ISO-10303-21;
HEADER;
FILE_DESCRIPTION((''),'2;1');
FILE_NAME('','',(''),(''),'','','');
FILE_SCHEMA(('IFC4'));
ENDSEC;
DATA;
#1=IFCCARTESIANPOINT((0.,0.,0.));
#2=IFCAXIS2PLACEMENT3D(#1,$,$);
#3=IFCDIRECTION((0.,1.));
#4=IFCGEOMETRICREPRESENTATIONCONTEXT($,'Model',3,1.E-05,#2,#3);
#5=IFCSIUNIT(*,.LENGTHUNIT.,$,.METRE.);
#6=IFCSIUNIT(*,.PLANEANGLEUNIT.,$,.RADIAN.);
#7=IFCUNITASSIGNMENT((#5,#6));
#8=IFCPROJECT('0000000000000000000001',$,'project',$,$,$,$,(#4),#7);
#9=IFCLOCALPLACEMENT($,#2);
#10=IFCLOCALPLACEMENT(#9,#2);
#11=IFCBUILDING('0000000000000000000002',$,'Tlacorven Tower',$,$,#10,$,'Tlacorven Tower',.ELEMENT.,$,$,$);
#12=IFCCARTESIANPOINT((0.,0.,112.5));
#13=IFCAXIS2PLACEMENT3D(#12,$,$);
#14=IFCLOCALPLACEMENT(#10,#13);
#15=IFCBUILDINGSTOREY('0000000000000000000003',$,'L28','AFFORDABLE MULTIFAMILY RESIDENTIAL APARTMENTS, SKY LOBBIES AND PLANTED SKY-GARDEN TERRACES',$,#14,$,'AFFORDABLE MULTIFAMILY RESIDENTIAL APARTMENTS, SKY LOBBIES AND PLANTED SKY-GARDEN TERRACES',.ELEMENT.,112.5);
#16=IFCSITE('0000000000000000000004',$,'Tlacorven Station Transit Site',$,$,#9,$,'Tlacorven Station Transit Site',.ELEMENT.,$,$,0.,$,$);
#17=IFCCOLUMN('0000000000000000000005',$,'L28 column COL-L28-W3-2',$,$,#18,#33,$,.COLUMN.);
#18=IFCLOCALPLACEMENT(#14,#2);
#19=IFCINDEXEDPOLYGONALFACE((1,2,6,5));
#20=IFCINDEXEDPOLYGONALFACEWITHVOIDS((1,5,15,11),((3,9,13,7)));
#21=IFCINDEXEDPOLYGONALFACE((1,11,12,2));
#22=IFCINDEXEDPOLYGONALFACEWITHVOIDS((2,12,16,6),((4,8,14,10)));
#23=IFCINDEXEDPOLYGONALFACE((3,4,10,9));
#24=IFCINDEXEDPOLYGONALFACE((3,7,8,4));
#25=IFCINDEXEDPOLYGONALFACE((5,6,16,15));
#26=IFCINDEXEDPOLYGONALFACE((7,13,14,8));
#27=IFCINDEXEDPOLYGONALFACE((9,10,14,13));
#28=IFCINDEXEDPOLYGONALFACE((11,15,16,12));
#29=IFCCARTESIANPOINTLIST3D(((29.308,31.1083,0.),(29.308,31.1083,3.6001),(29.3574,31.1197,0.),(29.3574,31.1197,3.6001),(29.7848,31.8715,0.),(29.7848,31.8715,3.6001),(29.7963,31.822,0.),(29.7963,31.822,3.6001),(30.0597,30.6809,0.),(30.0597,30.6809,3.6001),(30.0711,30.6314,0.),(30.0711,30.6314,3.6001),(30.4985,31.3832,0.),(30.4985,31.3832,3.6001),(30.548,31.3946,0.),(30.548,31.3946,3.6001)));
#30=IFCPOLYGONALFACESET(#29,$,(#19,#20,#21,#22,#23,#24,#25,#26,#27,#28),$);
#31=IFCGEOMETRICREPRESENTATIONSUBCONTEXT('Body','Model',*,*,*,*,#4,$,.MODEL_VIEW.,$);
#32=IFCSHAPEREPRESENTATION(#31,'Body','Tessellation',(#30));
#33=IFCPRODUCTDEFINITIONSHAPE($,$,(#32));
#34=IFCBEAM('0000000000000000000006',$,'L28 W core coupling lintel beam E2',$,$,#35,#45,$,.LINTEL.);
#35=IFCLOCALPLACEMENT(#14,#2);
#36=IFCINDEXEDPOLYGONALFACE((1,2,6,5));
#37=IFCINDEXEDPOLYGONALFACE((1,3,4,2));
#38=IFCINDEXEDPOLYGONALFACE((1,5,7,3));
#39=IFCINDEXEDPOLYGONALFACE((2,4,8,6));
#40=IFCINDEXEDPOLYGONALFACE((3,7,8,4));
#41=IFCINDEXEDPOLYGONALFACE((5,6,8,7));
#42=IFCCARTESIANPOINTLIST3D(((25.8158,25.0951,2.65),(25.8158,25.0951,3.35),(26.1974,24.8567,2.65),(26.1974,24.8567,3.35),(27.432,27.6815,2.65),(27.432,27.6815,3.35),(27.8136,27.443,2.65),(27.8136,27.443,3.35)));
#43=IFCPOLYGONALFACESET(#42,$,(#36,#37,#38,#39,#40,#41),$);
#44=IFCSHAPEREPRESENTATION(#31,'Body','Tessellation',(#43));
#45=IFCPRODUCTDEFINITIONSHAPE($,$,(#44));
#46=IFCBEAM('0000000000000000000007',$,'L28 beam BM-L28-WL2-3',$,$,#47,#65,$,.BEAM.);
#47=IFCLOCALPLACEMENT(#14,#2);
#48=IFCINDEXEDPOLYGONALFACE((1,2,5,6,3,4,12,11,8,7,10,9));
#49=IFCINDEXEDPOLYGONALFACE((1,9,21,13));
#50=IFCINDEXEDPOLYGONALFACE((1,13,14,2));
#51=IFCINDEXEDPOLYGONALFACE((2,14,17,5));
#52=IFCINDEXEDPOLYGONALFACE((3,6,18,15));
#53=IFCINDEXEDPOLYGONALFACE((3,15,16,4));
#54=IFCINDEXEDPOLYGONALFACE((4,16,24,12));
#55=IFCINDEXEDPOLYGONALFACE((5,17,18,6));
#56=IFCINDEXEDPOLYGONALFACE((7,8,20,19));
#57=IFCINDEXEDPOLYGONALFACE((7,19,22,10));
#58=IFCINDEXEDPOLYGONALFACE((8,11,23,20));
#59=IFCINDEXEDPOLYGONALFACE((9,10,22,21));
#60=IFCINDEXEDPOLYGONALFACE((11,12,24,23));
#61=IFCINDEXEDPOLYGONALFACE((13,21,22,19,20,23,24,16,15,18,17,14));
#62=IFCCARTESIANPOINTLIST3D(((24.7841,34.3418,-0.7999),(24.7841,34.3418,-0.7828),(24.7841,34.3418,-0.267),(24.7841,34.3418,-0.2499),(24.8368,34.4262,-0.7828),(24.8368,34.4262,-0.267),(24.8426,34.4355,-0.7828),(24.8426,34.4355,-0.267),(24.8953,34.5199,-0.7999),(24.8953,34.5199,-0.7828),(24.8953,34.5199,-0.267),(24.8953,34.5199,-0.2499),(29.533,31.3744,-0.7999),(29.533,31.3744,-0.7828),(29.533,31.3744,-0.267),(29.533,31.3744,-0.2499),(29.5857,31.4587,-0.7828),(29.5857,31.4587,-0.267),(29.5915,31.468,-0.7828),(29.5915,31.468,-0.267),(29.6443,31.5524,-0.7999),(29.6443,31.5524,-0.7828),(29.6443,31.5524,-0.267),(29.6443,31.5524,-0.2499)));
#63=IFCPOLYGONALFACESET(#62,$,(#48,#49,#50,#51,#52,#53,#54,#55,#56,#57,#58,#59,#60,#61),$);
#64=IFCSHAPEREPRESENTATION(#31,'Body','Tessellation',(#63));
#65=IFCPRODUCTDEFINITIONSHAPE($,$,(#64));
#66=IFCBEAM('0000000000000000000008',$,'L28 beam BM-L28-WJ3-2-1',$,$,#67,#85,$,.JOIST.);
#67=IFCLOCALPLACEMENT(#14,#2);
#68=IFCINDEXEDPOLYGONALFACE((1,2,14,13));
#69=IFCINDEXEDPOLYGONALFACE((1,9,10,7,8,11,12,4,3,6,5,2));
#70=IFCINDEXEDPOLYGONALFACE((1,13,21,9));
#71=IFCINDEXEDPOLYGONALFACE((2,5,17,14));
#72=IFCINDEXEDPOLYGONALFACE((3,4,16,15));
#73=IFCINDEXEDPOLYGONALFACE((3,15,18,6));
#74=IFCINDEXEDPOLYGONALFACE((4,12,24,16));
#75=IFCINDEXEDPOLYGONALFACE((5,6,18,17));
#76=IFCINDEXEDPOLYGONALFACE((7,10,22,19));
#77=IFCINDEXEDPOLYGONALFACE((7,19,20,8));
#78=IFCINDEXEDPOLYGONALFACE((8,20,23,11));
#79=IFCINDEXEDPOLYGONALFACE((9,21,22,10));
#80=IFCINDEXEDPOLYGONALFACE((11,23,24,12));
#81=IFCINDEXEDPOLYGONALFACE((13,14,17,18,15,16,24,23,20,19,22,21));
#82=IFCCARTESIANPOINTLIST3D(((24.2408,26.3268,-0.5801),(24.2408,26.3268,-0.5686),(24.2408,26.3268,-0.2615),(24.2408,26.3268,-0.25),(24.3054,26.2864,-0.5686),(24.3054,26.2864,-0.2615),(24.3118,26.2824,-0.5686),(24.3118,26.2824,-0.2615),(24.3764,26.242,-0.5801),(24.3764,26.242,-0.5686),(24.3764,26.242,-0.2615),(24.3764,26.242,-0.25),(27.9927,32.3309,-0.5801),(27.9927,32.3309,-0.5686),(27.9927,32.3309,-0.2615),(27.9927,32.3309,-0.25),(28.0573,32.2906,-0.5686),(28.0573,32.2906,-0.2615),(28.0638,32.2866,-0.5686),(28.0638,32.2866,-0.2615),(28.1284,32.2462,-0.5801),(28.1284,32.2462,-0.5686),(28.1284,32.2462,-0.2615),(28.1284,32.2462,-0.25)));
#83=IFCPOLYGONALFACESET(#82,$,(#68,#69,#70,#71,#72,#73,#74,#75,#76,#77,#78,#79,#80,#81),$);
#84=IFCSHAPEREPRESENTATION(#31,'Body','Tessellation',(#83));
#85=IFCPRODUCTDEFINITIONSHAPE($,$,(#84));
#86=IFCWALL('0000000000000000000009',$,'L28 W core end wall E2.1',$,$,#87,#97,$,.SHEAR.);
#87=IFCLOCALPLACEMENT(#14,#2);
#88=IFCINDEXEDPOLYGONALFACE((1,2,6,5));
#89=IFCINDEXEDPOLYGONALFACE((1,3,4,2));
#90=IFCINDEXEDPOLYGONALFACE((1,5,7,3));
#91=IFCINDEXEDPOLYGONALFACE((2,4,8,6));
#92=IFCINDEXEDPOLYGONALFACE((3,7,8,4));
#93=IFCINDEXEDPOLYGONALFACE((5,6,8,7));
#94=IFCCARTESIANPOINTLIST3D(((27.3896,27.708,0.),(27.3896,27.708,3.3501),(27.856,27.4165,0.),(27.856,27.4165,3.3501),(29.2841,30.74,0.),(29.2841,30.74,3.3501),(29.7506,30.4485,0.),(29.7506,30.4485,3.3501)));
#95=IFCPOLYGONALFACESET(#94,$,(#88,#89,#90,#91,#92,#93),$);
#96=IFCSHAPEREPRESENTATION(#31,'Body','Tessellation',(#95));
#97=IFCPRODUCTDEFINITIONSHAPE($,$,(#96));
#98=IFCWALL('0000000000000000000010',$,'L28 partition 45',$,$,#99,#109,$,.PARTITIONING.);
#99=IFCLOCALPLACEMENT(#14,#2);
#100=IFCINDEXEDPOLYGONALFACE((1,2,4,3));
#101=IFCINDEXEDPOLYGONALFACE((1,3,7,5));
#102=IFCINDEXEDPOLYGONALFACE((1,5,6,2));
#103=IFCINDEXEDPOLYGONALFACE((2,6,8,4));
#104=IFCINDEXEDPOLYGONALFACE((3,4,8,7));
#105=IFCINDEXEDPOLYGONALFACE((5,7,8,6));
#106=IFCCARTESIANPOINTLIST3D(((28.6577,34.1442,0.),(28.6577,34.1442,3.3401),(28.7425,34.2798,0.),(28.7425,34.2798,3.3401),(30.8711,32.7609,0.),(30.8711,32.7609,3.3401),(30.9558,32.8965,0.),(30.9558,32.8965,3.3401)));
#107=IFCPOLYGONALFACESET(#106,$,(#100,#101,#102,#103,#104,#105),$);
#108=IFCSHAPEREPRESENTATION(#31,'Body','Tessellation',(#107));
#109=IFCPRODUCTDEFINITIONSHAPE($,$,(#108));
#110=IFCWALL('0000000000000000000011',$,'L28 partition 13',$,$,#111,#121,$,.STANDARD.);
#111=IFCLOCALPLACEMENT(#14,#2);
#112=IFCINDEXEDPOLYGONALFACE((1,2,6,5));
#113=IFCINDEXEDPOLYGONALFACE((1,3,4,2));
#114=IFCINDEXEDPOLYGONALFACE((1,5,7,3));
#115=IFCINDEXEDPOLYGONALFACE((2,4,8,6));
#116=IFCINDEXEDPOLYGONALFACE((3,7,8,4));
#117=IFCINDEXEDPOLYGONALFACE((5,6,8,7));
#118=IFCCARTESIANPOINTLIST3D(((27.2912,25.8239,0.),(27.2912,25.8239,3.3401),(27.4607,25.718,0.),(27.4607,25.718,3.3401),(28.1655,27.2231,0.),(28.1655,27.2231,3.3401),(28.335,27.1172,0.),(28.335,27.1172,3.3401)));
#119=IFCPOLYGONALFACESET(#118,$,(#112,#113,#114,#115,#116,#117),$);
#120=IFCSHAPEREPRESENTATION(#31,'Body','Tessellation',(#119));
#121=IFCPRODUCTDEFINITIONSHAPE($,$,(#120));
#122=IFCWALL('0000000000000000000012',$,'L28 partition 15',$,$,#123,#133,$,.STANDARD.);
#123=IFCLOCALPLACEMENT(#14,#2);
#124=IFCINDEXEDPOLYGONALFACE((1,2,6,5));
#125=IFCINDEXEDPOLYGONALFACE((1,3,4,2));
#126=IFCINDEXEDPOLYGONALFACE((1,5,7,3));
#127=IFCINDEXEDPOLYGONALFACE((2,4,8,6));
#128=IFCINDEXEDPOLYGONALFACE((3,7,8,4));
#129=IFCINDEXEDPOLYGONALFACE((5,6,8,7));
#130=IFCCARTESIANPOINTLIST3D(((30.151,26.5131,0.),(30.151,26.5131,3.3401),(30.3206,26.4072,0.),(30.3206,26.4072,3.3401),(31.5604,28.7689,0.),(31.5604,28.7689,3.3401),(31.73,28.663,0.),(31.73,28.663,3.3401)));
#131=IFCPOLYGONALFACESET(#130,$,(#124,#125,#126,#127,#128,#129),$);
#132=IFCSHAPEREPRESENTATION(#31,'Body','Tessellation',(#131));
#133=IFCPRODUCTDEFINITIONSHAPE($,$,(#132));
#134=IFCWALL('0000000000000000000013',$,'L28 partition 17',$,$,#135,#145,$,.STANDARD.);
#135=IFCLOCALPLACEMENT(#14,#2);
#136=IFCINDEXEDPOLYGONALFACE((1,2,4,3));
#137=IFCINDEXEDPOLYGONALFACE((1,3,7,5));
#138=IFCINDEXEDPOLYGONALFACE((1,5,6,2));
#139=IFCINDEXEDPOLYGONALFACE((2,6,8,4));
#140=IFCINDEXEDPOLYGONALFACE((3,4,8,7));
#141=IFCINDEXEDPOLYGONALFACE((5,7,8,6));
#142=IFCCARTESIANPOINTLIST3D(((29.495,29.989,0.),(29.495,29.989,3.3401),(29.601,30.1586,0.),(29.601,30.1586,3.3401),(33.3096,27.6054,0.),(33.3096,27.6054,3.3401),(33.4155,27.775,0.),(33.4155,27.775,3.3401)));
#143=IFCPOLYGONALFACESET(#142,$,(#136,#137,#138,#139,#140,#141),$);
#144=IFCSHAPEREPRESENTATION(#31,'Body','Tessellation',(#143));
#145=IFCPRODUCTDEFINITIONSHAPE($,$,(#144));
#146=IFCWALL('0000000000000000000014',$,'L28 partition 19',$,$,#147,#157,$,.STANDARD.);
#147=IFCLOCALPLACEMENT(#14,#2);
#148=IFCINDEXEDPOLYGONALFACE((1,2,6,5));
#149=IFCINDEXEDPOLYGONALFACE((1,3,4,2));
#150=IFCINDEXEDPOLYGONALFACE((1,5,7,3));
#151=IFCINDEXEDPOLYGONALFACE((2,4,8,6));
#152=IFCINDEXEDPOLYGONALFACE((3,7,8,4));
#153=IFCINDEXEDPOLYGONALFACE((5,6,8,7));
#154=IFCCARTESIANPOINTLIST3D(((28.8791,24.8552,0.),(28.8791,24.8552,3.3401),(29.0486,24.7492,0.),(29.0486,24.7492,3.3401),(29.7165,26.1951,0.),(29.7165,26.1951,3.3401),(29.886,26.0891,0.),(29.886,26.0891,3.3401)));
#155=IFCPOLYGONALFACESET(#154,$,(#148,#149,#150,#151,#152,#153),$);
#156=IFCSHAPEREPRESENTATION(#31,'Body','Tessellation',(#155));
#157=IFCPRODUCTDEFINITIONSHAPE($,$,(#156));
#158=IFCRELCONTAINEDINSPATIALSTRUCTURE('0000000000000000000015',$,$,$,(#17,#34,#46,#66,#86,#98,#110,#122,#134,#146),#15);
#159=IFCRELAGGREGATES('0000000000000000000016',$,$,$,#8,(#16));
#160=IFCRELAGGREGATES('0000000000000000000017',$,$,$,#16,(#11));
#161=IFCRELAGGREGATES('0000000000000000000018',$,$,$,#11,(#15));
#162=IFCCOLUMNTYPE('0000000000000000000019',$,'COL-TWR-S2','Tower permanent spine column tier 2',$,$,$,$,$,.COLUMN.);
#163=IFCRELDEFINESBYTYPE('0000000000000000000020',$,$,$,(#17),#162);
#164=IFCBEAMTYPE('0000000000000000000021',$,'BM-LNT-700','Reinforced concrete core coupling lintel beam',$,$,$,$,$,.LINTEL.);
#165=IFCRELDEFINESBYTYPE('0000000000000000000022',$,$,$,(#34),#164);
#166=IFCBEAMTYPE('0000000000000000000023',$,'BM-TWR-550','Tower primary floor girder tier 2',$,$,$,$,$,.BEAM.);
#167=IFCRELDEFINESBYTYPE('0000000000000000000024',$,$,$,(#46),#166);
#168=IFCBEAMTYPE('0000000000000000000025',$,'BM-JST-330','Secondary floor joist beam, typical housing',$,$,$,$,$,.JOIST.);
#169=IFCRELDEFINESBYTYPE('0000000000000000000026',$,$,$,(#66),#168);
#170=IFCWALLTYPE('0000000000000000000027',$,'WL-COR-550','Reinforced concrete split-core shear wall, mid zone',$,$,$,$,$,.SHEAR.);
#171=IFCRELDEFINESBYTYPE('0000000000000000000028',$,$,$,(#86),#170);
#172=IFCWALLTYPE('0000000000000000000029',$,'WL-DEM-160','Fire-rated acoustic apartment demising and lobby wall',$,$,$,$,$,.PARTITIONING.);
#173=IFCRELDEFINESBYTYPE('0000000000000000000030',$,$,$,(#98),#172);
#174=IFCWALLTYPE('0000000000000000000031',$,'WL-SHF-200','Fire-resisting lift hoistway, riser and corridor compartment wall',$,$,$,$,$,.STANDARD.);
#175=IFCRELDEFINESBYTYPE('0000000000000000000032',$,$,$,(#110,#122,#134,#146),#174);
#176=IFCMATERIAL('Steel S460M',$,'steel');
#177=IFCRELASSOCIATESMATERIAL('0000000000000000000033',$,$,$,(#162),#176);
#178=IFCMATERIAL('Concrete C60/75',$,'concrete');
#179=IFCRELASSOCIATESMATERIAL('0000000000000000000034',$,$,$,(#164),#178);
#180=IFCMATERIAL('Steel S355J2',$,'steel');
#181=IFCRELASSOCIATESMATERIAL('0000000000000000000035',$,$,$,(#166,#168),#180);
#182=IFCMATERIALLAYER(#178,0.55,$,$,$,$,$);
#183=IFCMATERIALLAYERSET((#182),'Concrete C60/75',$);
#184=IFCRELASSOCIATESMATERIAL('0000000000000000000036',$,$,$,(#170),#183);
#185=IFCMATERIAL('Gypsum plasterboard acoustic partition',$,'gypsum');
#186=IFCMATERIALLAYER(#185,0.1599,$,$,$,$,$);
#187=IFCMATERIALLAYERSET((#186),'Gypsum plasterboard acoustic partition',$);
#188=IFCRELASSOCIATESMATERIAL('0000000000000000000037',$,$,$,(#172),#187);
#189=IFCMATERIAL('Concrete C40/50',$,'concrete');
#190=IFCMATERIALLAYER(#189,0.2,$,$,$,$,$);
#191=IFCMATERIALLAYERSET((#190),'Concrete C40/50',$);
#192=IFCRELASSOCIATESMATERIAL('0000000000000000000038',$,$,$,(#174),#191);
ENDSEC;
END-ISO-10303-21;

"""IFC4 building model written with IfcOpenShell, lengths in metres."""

from ifc_helpers import new_model, si_unit, direction, frame, frame_2d, origin, origin_2d, place, context, subcontext, project, spatial, rectangle, hollow_rectangle, i_section, extrude, source, transform, mapped, material, layer, layer_set, material_profile, profile_set, type_object, element, save


model = new_model("IFC4")

# Units and contexts
model_context = context("Model", 3, precision=1e-05, world=origin(), true_north=direction((0.0, 1.0)))
body_context = subcontext(model_context, "Body", "Model", "MODEL_VIEW")
ifc_project = project(units=[si_unit("LENGTHUNIT", "METRE"), si_unit("PLANEANGLEUNIT", "RADIAN")], contexts=[model_context])

# Site, building, storey
site_placement = place(None, origin())
site = spatial("IfcSite", under=ifc_project, at=site_placement, Name="Tlacorven Station Transit Site", LongName="Tlacorven Station Transit Site", CompositionType="ELEMENT", RefElevation=0.0)
building_placement = place(site_placement, origin())
building = spatial("IfcBuilding", under=site, at=building_placement, Name="Tlacorven Tower", LongName="Tlacorven Tower", CompositionType="ELEMENT")
storey_placement = place(building_placement, frame((0.0, 0.0, 112.5)))
storey = spatial("IfcBuildingStorey", under=building, at=storey_placement, Name="L28", Description="AFFORDABLE MULTIFAMILY RESIDENTIAL APARTMENTS, SKY LOBBIES AND PLANTED SKY-GARDEN TERRACES", LongName="AFFORDABLE MULTIFAMILY RESIDENTIAL APARTMENTS, SKY LOBBIES AND PLANTED SKY-GARDEN TERRACES", CompositionType="ELEMENT", Elevation=112.5)

# Column
ifc_material_1 = material(Name="Steel S460M", Category="steel")
ifc_material_profile_1 = material_profile(ifc_material_1, hollow_rectangle(XDim=0.8999, YDim=0.8999, WallThickness=0.0359, at=origin_2d()), Name="BOX 900X900X36")
ifc_profile_set_1 = profile_set([ifc_material_profile_1], Name="Steel S460M")
column_type = type_object("IfcColumnType", Name="COL-TWR-S2", Description="Tower permanent spine column tier 2", PredefinedType="COLUMN", material=ifc_profile_set_1)
shared_shape_1 = source(origin(), body_context, "Body", "SweptSolid", [
    extrude(hollow_rectangle(XDim=0.8999, YDim=0.8999, WallThickness=0.0359, at=origin_2d()), origin(), (0.0, 0.0, 1.0), 3.6001),
])
column_placement = place(storey_placement, frame((29.928, 31.2515, 0.0), z_axis=(0.0, 0.0, 1.0), x_axis=(-0.848048, 0.529919, 0.0)))
element("IfcColumn", 1, at=column_placement, inside=storey, type_object=column_type, Name="L28 column COL-L28-W3-2", PredefinedType="COLUMN", context=body_context, shape_type="MappedRepresentation", body=[
    mapped(shared_shape_1, transform((0.0, 0.0, 0.0), scale=1.0)),
])

# Beams
ifc_material_2 = material(Name="Concrete C60/75", Category="concrete")
ifc_material_profile_2 = material_profile(ifc_material_2, rectangle(XDim=0.45, YDim=0.7, at=origin_2d()), Name="RC 450X700")
ifc_profile_set_2 = profile_set([ifc_material_profile_2], Name="Concrete C60/75")
beam_type_1 = type_object("IfcBeamType", Name="BM-LNT-700", Description="Reinforced concrete core coupling lintel beam", PredefinedType="LINTEL", material=ifc_profile_set_2)
shared_shape_2 = source(origin(), body_context, "Body", "SweptSolid", [
    extrude(rectangle(XDim=0.45, YDim=0.7, at=origin_2d()), origin(), (0.0, 0.0, 1.0), 3.0498),
])
beam_1_placement = place(storey_placement, frame((27.6228, 27.5623, 3.0), z_axis=(-0.529927, -0.848043, 0.0), x_axis=(0.848043, -0.529927, 0.0)))
element("IfcBeam", 2, at=beam_1_placement, inside=storey, type_object=beam_type_1, Name="L28 W core coupling lintel beam E2", PredefinedType="LINTEL", context=body_context, shape_type="MappedRepresentation", body=[
    mapped(shared_shape_2, transform((0.0, 0.0, 0.0), scale=1.0)),
])
ifc_material_3 = material(Name="Steel S355J2", Category="steel")
ifc_material_profile_3 = material_profile(ifc_material_3, i_section(OverallWidth=0.21, OverallDepth=0.55, WebThickness=0.011, FlangeThickness=0.0171, at=origin_2d()), Name="IPE 550")
ifc_profile_set_3 = profile_set([ifc_material_profile_3], Name="Steel S355J2")
beam_type_2 = type_object("IfcBeamType", Name="BM-TWR-550", Description="Tower primary floor girder tier 2", PredefinedType="BEAM", material=ifc_profile_set_3)
shared_shape_3 = source(origin(), body_context, "Body", "SweptSolid", [
    extrude(i_section(OverallWidth=0.21, OverallDepth=0.55, WebThickness=0.011, FlangeThickness=0.0171, at=origin_2d()), origin(), (0.0, 0.0, 1.0), 5.5999),
])
beam_2_placement = place(storey_placement, frame((29.5886, 31.4634, -0.5249), z_axis=(-0.848047, 0.529921, 0.0), x_axis=(-0.529921, -0.848047, 0.0)))
element("IfcBeam", 3, at=beam_2_placement, inside=storey, type_object=beam_type_2, Name="L28 beam BM-L28-WL2-3", PredefinedType="BEAM", context=body_context, shape_type="MappedRepresentation", body=[
    mapped(shared_shape_3, transform((0.0, 0.0, 0.0), scale=1.0)),
])
ifc_material_profile_4 = material_profile(ifc_material_3, i_section(OverallWidth=0.1599, OverallDepth=0.3301, WebThickness=0.0076, FlangeThickness=0.0115, at=origin_2d()), Name="IPE 330")
ifc_profile_set_4 = profile_set([ifc_material_profile_4], Name="Steel S355J2")
beam_type_3 = type_object("IfcBeamType", Name="BM-JST-330", Description="Secondary floor joist beam, typical housing", PredefinedType="JOIST", material=ifc_profile_set_4)
shared_shape_4 = source(origin(), body_context, "Body", "SweptSolid", [
    extrude(i_section(OverallWidth=0.1599, OverallDepth=0.3301, WebThickness=0.0076, FlangeThickness=0.0115, at=origin_2d()), origin(), (0.0, 0.0, 1.0), 7.0801),
])
beam_3_placement = place(storey_placement, frame((28.0605, 32.2886, -0.415), z_axis=(-0.529934, -0.848039, 0.0), x_axis=(0.848039, -0.529934, 0.0)))
element("IfcBeam", 4, at=beam_3_placement, inside=storey, type_object=beam_type_3, Name="L28 beam BM-L28-WJ3-2-1", PredefinedType="JOIST", context=body_context, shape_type="MappedRepresentation", body=[
    mapped(shared_shape_4, transform((0.0, 0.0, 0.0), scale=1.0)),
])

# Walls
ifc_layer_1 = layer(ifc_material_2, 0.55)
ifc_layer_set_1 = layer_set([ifc_layer_1], Name="Concrete C60/75")
wall_type_1 = type_object("IfcWallType", Name="WL-COR-550", Description="Reinforced concrete split-core shear wall, mid zone", PredefinedType="SHEAR", material=ifc_layer_set_1)
wall_1_placement = place(storey_placement, frame((29.5173, 30.5942, 0.0), z_axis=(0.0, 0.0, 1.0), x_axis=(-0.529907, -0.848056, 0.0)))
element("IfcWall", 5, at=wall_1_placement, inside=storey, type_object=wall_type_1, Name="L28 W core end wall E2.1", PredefinedType="SHEAR", context=body_context, shape_type="SweptSolid", body=[
    extrude(rectangle(XDim=3.5752, YDim=0.55, at=frame_2d((1.7876, 0.0))), origin(), (0.0, 0.0, 1.0), 3.3501),
])
ifc_material_4 = material(Name="Gypsum plasterboard acoustic partition", Category="gypsum")
ifc_layer_2 = layer(ifc_material_4, 0.1599)
ifc_layer_set_2 = layer_set([ifc_layer_2], Name="Gypsum plasterboard acoustic partition")
wall_type_2 = type_object("IfcWallType", Name="WL-DEM-160", Description="Fire-rated acoustic apartment demising and lobby wall", PredefinedType="PARTITIONING", material=ifc_layer_set_2)
wall_2_placement = place(storey_placement, frame((30.9136, 32.8286, 0.0), z_axis=(0.0, 0.0, 1.0), x_axis=(-0.848009, 0.529982, 0.0)))
element("IfcWall", 6, at=wall_2_placement, inside=storey, type_object=wall_type_2, Name="L28 partition 45", PredefinedType="PARTITIONING", context=body_context, shape_type="SweptSolid", body=[
    extrude(rectangle(XDim=2.6101, YDim=0.1599, at=frame_2d((1.3052, 0.0))), origin(), (0.0, 0.0, 1.0), 3.3401),
])
ifc_material_5 = material(Name="Concrete C40/50", Category="concrete")
ifc_layer_3 = layer(ifc_material_5, 0.2)
ifc_layer_set_3 = layer_set([ifc_layer_3], Name="Concrete C40/50")
wall_type_3 = type_object("IfcWallType", Name="WL-SHF-200", Description="Fire-resisting lift hoistway, riser and corridor compartment wall", PredefinedType="STANDARD", material=ifc_layer_set_3)
wall_3_placement = place(storey_placement, frame((28.2502, 27.1702, 0.0), z_axis=(0.0, 0.0, 1.0), x_axis=(-0.529906, -0.848056, 0.0)))
element("IfcWall", 7, at=wall_3_placement, inside=storey, type_object=wall_type_3, Name="L28 partition 13", PredefinedType="STANDARD", context=body_context, shape_type="SweptSolid", body=[
    extrude(rectangle(XDim=1.6499, YDim=0.2, at=frame_2d((0.825, 0.0))), origin(), (0.0, 0.0, 1.0), 3.3401),
])
wall_4_placement = place(storey_placement, frame((31.6453, 28.7161, 0.0), z_axis=(0.0, 0.0, 1.0), x_axis=(-0.529867, -0.848081, 0.0)))
element("IfcWall", 8, at=wall_4_placement, inside=storey, type_object=wall_type_3, Name="L28 partition 15", PredefinedType="STANDARD", context=body_context, shape_type="SweptSolid", body=[
    extrude(rectangle(XDim=2.6599, YDim=0.2, at=frame_2d((1.3301, 0.0))), origin(), (0.0, 0.0, 1.0), 3.3401),
])
wall_5_placement = place(storey_placement, frame((33.3625, 27.6902, 0.0), z_axis=(0.0, 0.0, 1.0), x_axis=(-0.848047, 0.529921, 0.0)))
element("IfcWall", 9, at=wall_5_placement, inside=storey, type_object=wall_type_3, Name="L28 partition 17", PredefinedType="STANDARD", context=body_context, shape_type="SweptSolid", body=[
    extrude(rectangle(XDim=4.498, YDim=0.2, at=frame_2d((2.249, 0.0))), origin(), (0.0, 0.0, 1.0), 3.3401),
])
wall_6_placement = place(storey_placement, frame((29.8013, 26.1421, 0.0), z_axis=(0.0, 0.0, 1.0), x_axis=(-0.529999, -0.847998, 0.0)))
element("IfcWall", 10, at=wall_6_placement, inside=storey, type_object=wall_type_3, Name="L28 partition 19", PredefinedType="STANDARD", context=body_context, shape_type="SweptSolid", body=[
    extrude(rectangle(XDim=1.5801, YDim=0.2, at=frame_2d((0.79, 0.0))), origin(), (0.0, 0.0, 1.0), 3.3401),
])

save(model, "model.ifc")
